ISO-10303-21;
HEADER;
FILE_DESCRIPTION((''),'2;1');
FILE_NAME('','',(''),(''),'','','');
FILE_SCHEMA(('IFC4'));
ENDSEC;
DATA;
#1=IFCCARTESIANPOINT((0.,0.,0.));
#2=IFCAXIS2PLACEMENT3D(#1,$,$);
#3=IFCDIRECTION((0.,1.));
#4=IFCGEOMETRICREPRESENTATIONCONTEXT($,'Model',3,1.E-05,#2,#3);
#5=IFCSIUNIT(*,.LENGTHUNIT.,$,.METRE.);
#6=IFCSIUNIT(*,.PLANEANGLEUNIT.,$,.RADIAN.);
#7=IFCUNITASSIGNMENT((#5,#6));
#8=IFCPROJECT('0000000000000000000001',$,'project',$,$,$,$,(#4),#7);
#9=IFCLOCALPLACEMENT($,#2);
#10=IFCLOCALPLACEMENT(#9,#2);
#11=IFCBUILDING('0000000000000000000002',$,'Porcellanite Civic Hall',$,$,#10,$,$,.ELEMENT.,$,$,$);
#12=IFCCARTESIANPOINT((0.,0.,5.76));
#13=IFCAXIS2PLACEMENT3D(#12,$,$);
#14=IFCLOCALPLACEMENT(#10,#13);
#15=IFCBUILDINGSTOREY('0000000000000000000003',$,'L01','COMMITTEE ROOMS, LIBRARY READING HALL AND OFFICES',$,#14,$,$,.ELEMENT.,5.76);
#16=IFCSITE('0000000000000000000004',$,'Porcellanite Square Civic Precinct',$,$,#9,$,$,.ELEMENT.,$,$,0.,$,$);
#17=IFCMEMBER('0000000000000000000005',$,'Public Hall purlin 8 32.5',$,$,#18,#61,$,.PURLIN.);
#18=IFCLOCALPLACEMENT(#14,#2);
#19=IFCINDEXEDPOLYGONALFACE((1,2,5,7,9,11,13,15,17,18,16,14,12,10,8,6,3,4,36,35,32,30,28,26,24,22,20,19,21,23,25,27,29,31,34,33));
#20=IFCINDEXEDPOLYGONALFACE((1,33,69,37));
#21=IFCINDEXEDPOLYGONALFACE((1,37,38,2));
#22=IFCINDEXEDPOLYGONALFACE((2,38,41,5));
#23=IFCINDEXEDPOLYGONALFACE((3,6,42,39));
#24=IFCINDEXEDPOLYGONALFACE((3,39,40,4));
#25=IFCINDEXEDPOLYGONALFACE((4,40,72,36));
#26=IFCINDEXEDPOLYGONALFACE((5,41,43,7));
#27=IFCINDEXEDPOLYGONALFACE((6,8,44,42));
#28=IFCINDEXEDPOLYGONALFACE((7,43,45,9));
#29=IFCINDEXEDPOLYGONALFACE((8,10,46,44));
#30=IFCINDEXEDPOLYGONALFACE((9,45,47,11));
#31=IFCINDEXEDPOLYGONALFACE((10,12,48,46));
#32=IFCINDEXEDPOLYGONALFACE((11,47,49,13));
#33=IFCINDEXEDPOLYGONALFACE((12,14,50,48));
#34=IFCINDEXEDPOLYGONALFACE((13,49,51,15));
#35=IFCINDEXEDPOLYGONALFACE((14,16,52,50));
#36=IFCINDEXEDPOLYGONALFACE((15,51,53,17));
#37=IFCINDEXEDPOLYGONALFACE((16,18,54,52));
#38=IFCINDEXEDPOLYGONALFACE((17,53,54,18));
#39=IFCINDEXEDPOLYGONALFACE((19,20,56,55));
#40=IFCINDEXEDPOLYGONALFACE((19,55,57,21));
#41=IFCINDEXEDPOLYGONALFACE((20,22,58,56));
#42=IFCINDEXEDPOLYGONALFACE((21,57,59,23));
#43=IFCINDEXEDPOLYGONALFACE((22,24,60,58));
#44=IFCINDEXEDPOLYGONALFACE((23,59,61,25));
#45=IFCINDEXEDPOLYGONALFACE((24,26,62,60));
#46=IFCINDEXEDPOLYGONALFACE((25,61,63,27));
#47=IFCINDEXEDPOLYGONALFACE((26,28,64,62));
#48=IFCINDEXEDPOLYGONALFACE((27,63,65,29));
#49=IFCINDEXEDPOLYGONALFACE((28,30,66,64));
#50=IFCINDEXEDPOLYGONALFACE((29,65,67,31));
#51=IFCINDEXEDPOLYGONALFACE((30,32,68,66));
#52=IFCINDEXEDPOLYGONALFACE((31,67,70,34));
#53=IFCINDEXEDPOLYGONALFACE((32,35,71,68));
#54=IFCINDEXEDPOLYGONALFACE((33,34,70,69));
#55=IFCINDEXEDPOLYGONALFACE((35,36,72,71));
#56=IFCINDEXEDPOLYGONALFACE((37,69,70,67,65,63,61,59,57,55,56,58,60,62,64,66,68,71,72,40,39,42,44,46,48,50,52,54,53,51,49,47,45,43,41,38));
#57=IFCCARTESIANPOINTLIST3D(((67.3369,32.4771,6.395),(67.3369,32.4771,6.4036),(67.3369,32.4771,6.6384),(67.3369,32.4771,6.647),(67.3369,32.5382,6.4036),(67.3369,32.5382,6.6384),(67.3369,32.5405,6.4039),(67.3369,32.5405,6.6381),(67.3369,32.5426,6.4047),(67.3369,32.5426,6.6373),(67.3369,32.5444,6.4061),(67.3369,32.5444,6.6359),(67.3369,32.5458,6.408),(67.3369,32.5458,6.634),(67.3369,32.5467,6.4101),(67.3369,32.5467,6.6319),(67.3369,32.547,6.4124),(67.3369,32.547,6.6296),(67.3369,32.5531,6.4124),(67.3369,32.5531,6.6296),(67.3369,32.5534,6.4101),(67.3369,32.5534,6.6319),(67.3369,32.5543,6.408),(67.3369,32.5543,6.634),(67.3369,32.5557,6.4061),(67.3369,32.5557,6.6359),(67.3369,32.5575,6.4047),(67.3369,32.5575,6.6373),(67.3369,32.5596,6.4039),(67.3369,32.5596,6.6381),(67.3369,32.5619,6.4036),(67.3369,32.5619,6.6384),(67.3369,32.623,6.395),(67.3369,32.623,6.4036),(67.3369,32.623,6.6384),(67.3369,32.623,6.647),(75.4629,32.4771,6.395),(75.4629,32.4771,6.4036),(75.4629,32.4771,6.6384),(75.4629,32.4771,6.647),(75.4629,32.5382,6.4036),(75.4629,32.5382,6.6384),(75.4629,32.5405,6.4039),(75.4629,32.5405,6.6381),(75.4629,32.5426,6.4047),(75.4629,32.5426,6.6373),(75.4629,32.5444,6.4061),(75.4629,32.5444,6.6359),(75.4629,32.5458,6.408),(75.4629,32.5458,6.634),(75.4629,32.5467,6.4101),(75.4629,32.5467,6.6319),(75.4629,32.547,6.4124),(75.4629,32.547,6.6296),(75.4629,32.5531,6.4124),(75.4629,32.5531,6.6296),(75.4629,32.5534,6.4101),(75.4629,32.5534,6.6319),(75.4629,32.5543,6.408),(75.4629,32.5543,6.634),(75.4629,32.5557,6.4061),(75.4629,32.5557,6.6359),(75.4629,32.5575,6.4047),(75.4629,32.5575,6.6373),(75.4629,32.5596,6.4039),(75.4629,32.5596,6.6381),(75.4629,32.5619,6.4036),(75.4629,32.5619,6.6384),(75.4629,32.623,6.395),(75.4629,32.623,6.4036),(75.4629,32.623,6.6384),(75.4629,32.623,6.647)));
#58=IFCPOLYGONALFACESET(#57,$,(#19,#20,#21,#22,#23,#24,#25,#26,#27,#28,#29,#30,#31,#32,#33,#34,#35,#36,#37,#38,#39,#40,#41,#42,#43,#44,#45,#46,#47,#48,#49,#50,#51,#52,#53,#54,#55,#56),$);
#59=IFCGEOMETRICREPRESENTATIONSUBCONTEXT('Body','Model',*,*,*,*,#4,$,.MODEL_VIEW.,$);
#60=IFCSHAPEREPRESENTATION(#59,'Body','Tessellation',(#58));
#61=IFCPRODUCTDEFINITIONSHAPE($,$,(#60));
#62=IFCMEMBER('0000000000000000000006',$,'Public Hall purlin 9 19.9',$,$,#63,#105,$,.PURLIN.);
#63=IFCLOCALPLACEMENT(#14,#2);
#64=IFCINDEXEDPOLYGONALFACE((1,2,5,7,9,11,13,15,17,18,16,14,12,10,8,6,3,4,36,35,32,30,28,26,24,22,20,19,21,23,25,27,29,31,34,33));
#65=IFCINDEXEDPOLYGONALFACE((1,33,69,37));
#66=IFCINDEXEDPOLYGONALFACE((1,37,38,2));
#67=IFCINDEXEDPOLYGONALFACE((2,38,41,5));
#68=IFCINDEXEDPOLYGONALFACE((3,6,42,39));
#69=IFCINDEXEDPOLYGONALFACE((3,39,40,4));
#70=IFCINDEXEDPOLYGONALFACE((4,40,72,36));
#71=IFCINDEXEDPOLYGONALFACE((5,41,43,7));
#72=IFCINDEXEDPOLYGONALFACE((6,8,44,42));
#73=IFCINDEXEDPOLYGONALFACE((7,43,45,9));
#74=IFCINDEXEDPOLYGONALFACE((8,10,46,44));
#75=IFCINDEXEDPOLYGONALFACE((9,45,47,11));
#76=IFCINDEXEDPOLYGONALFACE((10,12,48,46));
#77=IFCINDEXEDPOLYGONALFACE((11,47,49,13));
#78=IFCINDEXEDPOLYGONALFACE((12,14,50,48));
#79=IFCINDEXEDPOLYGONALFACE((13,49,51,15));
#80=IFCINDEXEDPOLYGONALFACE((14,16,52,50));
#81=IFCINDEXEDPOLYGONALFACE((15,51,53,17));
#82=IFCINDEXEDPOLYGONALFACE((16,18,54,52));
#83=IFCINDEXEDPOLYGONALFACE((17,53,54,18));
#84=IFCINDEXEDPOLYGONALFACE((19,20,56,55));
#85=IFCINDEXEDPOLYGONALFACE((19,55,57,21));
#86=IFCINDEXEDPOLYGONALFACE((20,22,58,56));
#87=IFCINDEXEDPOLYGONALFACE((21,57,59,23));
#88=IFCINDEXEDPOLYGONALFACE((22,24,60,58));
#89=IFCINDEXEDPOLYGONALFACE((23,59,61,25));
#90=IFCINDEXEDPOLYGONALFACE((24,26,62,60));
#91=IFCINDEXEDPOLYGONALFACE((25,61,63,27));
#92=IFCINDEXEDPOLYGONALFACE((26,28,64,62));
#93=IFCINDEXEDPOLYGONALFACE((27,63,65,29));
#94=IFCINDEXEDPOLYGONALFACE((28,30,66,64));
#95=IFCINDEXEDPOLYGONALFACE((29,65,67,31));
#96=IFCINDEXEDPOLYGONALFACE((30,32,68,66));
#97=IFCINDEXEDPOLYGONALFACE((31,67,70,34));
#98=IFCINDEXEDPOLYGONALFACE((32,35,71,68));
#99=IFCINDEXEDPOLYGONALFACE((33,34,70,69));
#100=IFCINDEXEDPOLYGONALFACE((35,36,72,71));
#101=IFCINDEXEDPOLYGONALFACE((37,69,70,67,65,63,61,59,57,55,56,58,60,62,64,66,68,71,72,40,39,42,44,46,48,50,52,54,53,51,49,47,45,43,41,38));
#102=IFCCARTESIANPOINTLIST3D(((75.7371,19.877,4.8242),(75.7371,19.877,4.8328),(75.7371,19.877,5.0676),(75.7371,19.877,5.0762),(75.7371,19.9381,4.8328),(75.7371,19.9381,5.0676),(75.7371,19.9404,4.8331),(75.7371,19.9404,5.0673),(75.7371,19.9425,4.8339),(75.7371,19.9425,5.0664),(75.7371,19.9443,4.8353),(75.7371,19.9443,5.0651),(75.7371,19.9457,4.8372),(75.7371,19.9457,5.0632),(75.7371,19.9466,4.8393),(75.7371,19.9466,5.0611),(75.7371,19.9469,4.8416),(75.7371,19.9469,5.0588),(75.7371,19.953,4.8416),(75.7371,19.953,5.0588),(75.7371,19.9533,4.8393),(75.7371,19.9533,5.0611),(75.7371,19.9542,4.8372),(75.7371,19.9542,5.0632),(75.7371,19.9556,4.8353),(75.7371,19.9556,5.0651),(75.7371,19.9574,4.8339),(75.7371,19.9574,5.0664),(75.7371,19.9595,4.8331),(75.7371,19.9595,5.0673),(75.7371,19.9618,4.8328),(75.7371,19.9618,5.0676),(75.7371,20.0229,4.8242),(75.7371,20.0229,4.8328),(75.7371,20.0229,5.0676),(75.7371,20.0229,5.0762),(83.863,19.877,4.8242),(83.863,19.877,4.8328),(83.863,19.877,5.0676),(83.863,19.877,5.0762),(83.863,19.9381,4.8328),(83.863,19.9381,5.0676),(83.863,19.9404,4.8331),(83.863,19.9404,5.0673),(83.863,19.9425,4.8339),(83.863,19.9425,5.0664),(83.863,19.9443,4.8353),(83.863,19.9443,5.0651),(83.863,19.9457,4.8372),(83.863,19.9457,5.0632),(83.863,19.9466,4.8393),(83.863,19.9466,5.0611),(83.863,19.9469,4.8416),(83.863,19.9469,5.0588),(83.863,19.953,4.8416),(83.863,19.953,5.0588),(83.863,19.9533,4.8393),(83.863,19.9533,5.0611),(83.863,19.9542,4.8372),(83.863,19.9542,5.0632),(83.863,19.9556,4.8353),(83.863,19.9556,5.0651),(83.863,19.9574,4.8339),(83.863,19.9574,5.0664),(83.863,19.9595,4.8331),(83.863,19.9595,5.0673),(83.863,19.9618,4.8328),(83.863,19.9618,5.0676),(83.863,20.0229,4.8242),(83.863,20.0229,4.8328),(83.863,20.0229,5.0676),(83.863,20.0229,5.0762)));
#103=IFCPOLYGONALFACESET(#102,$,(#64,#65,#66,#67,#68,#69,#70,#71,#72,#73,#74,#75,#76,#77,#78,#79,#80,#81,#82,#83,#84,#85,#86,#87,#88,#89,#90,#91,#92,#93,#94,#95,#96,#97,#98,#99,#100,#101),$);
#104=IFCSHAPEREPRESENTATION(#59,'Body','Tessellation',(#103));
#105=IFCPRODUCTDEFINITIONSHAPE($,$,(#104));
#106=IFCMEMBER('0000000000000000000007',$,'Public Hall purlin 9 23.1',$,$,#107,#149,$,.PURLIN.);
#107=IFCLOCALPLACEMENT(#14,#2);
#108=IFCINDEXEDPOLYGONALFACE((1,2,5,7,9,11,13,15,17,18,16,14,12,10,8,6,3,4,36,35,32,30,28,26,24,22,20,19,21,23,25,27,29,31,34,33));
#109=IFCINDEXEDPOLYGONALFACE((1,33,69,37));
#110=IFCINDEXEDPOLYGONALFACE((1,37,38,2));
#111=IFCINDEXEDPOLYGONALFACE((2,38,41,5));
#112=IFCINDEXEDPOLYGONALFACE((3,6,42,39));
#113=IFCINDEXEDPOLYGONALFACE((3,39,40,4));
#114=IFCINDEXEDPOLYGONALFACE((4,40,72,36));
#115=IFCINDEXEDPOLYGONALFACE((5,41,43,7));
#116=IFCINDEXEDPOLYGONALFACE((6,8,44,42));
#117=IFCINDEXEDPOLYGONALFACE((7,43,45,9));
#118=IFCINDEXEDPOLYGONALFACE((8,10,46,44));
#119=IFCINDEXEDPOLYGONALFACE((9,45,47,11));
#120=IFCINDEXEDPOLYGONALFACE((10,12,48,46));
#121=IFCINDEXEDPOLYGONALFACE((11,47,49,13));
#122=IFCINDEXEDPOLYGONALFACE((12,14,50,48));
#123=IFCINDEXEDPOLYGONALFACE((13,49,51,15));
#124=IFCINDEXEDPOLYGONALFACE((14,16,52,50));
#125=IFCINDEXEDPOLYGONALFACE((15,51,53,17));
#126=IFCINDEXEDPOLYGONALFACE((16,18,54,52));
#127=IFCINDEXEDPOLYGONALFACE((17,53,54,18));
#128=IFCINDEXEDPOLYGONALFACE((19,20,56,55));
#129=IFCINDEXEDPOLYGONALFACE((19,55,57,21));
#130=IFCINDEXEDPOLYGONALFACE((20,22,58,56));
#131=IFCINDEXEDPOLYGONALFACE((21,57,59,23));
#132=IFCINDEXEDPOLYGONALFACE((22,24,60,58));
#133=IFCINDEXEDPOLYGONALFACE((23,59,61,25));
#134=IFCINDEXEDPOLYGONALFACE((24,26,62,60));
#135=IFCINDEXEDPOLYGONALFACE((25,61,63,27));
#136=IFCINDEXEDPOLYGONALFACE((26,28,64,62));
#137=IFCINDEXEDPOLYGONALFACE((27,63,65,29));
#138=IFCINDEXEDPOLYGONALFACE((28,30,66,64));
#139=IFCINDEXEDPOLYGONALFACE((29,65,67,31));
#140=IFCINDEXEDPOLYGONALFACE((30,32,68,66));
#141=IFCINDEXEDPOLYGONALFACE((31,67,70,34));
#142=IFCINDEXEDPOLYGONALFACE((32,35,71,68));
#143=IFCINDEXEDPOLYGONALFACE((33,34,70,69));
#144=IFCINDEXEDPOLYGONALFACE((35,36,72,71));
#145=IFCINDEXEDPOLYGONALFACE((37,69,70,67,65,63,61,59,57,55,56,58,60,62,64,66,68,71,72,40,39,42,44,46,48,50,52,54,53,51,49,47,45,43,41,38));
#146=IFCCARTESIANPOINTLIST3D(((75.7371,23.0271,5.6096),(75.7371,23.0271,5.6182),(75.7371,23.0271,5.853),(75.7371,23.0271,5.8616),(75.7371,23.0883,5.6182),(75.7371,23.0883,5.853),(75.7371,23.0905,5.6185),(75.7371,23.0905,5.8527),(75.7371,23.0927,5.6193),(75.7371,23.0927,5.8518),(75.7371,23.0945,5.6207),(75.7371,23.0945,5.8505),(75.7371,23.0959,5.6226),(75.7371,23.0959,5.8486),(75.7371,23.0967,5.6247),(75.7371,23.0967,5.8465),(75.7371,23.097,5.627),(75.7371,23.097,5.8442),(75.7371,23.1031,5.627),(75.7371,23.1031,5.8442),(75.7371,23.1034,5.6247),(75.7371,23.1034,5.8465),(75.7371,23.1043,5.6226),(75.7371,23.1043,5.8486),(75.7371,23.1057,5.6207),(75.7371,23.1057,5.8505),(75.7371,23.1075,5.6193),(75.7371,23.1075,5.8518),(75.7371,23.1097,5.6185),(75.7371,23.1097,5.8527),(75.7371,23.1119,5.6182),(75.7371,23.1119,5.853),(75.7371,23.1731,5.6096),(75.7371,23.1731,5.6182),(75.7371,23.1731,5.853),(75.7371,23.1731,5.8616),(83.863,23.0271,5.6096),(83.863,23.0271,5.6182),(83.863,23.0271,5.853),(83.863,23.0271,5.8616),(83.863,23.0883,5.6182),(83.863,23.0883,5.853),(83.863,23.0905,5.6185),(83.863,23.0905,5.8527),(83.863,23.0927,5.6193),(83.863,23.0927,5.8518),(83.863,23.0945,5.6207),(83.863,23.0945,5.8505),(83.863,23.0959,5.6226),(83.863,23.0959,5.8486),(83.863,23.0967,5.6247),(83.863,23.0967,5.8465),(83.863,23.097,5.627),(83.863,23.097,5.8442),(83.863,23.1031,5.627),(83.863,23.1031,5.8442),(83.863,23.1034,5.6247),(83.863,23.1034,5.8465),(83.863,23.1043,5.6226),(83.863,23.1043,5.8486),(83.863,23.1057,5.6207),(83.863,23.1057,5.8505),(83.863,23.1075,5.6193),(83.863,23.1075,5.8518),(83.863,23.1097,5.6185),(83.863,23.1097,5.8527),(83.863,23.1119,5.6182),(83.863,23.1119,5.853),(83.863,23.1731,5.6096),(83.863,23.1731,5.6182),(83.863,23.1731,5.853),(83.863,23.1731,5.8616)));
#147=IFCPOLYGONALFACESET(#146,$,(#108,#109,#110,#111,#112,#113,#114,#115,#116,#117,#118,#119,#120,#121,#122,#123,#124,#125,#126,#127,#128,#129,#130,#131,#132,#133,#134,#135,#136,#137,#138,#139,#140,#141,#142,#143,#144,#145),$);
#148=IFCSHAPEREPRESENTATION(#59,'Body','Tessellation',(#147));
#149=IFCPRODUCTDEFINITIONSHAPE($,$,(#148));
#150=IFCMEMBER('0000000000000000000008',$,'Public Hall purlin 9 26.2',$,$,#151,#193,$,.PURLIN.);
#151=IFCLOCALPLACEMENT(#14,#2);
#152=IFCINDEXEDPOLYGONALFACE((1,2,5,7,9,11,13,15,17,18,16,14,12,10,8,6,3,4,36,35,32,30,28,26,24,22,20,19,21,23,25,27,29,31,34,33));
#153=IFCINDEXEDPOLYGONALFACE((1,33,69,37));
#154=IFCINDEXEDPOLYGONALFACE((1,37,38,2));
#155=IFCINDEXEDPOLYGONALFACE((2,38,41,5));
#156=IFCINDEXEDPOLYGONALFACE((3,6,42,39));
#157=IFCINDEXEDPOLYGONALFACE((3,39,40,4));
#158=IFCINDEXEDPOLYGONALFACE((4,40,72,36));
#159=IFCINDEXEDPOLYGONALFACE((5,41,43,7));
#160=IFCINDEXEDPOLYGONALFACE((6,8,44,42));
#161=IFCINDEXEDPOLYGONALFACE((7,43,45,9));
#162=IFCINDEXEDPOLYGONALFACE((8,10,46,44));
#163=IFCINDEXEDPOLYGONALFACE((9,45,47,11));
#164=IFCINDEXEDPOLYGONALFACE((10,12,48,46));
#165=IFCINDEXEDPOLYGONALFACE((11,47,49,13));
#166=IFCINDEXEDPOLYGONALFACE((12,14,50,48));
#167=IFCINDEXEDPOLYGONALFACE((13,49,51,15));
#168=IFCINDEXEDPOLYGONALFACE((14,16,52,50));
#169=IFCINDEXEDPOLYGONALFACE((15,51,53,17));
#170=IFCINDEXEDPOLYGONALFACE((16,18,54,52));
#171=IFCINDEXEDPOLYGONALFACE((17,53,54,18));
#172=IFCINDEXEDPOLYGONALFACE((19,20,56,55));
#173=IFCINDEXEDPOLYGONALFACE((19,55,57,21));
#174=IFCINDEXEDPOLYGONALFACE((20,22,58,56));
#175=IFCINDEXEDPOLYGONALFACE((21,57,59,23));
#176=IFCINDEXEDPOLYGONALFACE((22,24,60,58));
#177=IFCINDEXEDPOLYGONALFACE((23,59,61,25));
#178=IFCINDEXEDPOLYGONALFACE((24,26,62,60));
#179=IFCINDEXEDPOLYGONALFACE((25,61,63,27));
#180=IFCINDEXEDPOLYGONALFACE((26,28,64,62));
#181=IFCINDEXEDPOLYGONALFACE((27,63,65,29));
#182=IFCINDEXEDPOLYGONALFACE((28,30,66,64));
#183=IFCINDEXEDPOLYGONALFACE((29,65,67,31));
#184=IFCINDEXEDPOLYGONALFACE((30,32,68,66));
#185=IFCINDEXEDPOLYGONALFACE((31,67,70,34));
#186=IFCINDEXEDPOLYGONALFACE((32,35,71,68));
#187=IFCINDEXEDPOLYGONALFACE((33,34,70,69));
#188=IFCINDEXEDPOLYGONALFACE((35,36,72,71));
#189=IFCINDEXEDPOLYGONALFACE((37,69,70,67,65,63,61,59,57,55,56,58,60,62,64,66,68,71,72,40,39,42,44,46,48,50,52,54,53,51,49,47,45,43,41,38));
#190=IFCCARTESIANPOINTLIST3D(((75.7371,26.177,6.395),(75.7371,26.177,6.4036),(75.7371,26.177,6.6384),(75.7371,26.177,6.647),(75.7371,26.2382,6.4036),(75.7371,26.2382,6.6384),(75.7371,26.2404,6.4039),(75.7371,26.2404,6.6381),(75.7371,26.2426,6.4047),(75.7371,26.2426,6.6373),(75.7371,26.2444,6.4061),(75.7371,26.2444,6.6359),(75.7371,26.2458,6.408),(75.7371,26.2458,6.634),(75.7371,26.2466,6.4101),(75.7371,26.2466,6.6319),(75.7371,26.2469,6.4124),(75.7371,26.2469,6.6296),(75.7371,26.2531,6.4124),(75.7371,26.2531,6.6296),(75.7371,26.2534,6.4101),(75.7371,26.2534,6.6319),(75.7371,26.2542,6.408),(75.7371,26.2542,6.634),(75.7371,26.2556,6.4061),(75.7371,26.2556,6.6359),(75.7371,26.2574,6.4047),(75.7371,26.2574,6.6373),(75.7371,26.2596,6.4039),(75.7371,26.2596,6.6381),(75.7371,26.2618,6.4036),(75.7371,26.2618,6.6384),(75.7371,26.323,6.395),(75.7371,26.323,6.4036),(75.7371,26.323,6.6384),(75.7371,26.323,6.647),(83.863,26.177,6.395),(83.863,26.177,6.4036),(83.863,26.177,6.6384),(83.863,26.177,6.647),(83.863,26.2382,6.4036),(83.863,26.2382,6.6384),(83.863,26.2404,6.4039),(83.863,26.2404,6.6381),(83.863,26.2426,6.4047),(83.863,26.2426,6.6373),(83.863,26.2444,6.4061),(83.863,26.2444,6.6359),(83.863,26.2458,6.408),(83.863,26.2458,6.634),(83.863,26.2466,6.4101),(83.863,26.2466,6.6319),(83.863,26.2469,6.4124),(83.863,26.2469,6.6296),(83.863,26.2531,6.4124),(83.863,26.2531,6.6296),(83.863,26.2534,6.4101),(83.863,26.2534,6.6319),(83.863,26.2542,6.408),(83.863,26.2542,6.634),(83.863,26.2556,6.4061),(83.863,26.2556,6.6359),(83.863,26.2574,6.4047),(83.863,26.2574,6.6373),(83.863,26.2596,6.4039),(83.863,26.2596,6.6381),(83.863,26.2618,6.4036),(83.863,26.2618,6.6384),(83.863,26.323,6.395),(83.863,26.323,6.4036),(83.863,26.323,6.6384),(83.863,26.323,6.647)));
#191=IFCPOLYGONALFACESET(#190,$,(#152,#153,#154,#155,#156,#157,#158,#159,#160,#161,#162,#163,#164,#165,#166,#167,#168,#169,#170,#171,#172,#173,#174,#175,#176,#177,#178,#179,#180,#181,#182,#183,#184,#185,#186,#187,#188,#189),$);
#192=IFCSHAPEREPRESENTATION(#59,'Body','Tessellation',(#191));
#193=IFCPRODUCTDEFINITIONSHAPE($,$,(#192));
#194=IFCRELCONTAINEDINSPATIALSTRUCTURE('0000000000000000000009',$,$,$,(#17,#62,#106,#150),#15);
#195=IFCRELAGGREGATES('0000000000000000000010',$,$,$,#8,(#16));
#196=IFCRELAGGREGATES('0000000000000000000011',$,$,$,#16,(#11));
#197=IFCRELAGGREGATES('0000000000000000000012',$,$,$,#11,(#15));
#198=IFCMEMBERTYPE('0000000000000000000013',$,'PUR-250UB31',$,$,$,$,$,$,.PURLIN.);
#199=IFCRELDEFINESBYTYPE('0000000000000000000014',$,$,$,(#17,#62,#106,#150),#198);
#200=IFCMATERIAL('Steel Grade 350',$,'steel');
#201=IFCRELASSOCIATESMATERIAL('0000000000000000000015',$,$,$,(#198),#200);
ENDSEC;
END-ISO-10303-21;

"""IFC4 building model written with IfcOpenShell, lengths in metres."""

from ifc_helpers import new_model, si_unit, direction, frame, origin, origin_2d, place, context, subcontext, project, spatial, i_section, extrude, material, material_profile, profile_set, type_object, element, save


model = new_model("IFC4")

# Units and contexts
model_context = context("Model", 3, precision=1e-05, world=origin(), true_north=direction((0.0, 1.0)))
body_context = subcontext(model_context, "Body", "Model", "MODEL_VIEW")
ifc_project = project(units=[si_unit("LENGTHUNIT", "METRE"), si_unit("PLANEANGLEUNIT", "RADIAN")], contexts=[model_context])

# Site, building, storey
site_placement = place(None, origin())
site = spatial("IfcSite", under=ifc_project, at=site_placement, Name="Porcellanite Square Civic Precinct", CompositionType="ELEMENT", RefElevation=0.0)
building_placement = place(site_placement, origin())
building = spatial("IfcBuilding", under=site, at=building_placement, Name="Porcellanite Civic Hall", CompositionType="ELEMENT")
storey_placement = place(building_placement, frame((0.0, 0.0, 5.76)))
storey = spatial("IfcBuildingStorey", under=building, at=storey_placement, Name="L01", Description="COMMITTEE ROOMS, LIBRARY READING HALL AND OFFICES", CompositionType="ELEMENT", Elevation=5.76)

# Members
ifc_material_1 = material(Name="Steel Grade 350", Category="steel")
ifc_material_profile_1 = material_profile(ifc_material_1, i_section(OverallWidth=0.146, OverallDepth=0.252, WebThickness=0.0061, FlangeThickness=0.0085, FilletRadius=0.0088, at=origin_2d()), Name="250UB31.4")
ifc_profile_set_1 = profile_set([ifc_material_profile_1], Name="Steel Grade 350")
member_type_1 = type_object("IfcMemberType", Name="PUR-250UB31", PredefinedType="PURLIN", material=ifc_profile_set_1)
for number, where, z_axis, x_axis, name in (
    (1, (67.3369, 32.55, 6.521), (1.0, 0.0, 0.0), (0.0, 1.0, 0.0), "Public Hall purlin 8 32.5"),
    (2, (75.7371, 19.95, 4.9502), (1.0, 0.0, 0.0), (0.0, 1.0, 0.0), "Public Hall purlin 9 19.9"),
    (3, (75.7371, 23.1001, 5.7356), (1.0, 0.0, 0.0), (0.0, 1.0, 0.0), "Public Hall purlin 9 23.1"),
    (4, (75.7371, 26.25, 6.521), (1.0, 0.0, 0.0), (0.0, 1.0, 0.0), "Public Hall purlin 9 26.2"),
):
    element("IfcMember", number, at=place(storey_placement, frame(where, z_axis=z_axis, x_axis=x_axis)), inside=storey, type_object=member_type_1, Name=name, PredefinedType="PURLIN", context=body_context, shape_type="SweptSolid", body=[
        extrude(i_section(OverallWidth=0.146, OverallDepth=0.252, WebThickness=0.0061, FlangeThickness=0.0085, FilletRadius=0.0088, at=origin_2d()), origin(), (0.0, 0.0, 1.0), 8.126),
    ])

save(model, "model.ifc")
